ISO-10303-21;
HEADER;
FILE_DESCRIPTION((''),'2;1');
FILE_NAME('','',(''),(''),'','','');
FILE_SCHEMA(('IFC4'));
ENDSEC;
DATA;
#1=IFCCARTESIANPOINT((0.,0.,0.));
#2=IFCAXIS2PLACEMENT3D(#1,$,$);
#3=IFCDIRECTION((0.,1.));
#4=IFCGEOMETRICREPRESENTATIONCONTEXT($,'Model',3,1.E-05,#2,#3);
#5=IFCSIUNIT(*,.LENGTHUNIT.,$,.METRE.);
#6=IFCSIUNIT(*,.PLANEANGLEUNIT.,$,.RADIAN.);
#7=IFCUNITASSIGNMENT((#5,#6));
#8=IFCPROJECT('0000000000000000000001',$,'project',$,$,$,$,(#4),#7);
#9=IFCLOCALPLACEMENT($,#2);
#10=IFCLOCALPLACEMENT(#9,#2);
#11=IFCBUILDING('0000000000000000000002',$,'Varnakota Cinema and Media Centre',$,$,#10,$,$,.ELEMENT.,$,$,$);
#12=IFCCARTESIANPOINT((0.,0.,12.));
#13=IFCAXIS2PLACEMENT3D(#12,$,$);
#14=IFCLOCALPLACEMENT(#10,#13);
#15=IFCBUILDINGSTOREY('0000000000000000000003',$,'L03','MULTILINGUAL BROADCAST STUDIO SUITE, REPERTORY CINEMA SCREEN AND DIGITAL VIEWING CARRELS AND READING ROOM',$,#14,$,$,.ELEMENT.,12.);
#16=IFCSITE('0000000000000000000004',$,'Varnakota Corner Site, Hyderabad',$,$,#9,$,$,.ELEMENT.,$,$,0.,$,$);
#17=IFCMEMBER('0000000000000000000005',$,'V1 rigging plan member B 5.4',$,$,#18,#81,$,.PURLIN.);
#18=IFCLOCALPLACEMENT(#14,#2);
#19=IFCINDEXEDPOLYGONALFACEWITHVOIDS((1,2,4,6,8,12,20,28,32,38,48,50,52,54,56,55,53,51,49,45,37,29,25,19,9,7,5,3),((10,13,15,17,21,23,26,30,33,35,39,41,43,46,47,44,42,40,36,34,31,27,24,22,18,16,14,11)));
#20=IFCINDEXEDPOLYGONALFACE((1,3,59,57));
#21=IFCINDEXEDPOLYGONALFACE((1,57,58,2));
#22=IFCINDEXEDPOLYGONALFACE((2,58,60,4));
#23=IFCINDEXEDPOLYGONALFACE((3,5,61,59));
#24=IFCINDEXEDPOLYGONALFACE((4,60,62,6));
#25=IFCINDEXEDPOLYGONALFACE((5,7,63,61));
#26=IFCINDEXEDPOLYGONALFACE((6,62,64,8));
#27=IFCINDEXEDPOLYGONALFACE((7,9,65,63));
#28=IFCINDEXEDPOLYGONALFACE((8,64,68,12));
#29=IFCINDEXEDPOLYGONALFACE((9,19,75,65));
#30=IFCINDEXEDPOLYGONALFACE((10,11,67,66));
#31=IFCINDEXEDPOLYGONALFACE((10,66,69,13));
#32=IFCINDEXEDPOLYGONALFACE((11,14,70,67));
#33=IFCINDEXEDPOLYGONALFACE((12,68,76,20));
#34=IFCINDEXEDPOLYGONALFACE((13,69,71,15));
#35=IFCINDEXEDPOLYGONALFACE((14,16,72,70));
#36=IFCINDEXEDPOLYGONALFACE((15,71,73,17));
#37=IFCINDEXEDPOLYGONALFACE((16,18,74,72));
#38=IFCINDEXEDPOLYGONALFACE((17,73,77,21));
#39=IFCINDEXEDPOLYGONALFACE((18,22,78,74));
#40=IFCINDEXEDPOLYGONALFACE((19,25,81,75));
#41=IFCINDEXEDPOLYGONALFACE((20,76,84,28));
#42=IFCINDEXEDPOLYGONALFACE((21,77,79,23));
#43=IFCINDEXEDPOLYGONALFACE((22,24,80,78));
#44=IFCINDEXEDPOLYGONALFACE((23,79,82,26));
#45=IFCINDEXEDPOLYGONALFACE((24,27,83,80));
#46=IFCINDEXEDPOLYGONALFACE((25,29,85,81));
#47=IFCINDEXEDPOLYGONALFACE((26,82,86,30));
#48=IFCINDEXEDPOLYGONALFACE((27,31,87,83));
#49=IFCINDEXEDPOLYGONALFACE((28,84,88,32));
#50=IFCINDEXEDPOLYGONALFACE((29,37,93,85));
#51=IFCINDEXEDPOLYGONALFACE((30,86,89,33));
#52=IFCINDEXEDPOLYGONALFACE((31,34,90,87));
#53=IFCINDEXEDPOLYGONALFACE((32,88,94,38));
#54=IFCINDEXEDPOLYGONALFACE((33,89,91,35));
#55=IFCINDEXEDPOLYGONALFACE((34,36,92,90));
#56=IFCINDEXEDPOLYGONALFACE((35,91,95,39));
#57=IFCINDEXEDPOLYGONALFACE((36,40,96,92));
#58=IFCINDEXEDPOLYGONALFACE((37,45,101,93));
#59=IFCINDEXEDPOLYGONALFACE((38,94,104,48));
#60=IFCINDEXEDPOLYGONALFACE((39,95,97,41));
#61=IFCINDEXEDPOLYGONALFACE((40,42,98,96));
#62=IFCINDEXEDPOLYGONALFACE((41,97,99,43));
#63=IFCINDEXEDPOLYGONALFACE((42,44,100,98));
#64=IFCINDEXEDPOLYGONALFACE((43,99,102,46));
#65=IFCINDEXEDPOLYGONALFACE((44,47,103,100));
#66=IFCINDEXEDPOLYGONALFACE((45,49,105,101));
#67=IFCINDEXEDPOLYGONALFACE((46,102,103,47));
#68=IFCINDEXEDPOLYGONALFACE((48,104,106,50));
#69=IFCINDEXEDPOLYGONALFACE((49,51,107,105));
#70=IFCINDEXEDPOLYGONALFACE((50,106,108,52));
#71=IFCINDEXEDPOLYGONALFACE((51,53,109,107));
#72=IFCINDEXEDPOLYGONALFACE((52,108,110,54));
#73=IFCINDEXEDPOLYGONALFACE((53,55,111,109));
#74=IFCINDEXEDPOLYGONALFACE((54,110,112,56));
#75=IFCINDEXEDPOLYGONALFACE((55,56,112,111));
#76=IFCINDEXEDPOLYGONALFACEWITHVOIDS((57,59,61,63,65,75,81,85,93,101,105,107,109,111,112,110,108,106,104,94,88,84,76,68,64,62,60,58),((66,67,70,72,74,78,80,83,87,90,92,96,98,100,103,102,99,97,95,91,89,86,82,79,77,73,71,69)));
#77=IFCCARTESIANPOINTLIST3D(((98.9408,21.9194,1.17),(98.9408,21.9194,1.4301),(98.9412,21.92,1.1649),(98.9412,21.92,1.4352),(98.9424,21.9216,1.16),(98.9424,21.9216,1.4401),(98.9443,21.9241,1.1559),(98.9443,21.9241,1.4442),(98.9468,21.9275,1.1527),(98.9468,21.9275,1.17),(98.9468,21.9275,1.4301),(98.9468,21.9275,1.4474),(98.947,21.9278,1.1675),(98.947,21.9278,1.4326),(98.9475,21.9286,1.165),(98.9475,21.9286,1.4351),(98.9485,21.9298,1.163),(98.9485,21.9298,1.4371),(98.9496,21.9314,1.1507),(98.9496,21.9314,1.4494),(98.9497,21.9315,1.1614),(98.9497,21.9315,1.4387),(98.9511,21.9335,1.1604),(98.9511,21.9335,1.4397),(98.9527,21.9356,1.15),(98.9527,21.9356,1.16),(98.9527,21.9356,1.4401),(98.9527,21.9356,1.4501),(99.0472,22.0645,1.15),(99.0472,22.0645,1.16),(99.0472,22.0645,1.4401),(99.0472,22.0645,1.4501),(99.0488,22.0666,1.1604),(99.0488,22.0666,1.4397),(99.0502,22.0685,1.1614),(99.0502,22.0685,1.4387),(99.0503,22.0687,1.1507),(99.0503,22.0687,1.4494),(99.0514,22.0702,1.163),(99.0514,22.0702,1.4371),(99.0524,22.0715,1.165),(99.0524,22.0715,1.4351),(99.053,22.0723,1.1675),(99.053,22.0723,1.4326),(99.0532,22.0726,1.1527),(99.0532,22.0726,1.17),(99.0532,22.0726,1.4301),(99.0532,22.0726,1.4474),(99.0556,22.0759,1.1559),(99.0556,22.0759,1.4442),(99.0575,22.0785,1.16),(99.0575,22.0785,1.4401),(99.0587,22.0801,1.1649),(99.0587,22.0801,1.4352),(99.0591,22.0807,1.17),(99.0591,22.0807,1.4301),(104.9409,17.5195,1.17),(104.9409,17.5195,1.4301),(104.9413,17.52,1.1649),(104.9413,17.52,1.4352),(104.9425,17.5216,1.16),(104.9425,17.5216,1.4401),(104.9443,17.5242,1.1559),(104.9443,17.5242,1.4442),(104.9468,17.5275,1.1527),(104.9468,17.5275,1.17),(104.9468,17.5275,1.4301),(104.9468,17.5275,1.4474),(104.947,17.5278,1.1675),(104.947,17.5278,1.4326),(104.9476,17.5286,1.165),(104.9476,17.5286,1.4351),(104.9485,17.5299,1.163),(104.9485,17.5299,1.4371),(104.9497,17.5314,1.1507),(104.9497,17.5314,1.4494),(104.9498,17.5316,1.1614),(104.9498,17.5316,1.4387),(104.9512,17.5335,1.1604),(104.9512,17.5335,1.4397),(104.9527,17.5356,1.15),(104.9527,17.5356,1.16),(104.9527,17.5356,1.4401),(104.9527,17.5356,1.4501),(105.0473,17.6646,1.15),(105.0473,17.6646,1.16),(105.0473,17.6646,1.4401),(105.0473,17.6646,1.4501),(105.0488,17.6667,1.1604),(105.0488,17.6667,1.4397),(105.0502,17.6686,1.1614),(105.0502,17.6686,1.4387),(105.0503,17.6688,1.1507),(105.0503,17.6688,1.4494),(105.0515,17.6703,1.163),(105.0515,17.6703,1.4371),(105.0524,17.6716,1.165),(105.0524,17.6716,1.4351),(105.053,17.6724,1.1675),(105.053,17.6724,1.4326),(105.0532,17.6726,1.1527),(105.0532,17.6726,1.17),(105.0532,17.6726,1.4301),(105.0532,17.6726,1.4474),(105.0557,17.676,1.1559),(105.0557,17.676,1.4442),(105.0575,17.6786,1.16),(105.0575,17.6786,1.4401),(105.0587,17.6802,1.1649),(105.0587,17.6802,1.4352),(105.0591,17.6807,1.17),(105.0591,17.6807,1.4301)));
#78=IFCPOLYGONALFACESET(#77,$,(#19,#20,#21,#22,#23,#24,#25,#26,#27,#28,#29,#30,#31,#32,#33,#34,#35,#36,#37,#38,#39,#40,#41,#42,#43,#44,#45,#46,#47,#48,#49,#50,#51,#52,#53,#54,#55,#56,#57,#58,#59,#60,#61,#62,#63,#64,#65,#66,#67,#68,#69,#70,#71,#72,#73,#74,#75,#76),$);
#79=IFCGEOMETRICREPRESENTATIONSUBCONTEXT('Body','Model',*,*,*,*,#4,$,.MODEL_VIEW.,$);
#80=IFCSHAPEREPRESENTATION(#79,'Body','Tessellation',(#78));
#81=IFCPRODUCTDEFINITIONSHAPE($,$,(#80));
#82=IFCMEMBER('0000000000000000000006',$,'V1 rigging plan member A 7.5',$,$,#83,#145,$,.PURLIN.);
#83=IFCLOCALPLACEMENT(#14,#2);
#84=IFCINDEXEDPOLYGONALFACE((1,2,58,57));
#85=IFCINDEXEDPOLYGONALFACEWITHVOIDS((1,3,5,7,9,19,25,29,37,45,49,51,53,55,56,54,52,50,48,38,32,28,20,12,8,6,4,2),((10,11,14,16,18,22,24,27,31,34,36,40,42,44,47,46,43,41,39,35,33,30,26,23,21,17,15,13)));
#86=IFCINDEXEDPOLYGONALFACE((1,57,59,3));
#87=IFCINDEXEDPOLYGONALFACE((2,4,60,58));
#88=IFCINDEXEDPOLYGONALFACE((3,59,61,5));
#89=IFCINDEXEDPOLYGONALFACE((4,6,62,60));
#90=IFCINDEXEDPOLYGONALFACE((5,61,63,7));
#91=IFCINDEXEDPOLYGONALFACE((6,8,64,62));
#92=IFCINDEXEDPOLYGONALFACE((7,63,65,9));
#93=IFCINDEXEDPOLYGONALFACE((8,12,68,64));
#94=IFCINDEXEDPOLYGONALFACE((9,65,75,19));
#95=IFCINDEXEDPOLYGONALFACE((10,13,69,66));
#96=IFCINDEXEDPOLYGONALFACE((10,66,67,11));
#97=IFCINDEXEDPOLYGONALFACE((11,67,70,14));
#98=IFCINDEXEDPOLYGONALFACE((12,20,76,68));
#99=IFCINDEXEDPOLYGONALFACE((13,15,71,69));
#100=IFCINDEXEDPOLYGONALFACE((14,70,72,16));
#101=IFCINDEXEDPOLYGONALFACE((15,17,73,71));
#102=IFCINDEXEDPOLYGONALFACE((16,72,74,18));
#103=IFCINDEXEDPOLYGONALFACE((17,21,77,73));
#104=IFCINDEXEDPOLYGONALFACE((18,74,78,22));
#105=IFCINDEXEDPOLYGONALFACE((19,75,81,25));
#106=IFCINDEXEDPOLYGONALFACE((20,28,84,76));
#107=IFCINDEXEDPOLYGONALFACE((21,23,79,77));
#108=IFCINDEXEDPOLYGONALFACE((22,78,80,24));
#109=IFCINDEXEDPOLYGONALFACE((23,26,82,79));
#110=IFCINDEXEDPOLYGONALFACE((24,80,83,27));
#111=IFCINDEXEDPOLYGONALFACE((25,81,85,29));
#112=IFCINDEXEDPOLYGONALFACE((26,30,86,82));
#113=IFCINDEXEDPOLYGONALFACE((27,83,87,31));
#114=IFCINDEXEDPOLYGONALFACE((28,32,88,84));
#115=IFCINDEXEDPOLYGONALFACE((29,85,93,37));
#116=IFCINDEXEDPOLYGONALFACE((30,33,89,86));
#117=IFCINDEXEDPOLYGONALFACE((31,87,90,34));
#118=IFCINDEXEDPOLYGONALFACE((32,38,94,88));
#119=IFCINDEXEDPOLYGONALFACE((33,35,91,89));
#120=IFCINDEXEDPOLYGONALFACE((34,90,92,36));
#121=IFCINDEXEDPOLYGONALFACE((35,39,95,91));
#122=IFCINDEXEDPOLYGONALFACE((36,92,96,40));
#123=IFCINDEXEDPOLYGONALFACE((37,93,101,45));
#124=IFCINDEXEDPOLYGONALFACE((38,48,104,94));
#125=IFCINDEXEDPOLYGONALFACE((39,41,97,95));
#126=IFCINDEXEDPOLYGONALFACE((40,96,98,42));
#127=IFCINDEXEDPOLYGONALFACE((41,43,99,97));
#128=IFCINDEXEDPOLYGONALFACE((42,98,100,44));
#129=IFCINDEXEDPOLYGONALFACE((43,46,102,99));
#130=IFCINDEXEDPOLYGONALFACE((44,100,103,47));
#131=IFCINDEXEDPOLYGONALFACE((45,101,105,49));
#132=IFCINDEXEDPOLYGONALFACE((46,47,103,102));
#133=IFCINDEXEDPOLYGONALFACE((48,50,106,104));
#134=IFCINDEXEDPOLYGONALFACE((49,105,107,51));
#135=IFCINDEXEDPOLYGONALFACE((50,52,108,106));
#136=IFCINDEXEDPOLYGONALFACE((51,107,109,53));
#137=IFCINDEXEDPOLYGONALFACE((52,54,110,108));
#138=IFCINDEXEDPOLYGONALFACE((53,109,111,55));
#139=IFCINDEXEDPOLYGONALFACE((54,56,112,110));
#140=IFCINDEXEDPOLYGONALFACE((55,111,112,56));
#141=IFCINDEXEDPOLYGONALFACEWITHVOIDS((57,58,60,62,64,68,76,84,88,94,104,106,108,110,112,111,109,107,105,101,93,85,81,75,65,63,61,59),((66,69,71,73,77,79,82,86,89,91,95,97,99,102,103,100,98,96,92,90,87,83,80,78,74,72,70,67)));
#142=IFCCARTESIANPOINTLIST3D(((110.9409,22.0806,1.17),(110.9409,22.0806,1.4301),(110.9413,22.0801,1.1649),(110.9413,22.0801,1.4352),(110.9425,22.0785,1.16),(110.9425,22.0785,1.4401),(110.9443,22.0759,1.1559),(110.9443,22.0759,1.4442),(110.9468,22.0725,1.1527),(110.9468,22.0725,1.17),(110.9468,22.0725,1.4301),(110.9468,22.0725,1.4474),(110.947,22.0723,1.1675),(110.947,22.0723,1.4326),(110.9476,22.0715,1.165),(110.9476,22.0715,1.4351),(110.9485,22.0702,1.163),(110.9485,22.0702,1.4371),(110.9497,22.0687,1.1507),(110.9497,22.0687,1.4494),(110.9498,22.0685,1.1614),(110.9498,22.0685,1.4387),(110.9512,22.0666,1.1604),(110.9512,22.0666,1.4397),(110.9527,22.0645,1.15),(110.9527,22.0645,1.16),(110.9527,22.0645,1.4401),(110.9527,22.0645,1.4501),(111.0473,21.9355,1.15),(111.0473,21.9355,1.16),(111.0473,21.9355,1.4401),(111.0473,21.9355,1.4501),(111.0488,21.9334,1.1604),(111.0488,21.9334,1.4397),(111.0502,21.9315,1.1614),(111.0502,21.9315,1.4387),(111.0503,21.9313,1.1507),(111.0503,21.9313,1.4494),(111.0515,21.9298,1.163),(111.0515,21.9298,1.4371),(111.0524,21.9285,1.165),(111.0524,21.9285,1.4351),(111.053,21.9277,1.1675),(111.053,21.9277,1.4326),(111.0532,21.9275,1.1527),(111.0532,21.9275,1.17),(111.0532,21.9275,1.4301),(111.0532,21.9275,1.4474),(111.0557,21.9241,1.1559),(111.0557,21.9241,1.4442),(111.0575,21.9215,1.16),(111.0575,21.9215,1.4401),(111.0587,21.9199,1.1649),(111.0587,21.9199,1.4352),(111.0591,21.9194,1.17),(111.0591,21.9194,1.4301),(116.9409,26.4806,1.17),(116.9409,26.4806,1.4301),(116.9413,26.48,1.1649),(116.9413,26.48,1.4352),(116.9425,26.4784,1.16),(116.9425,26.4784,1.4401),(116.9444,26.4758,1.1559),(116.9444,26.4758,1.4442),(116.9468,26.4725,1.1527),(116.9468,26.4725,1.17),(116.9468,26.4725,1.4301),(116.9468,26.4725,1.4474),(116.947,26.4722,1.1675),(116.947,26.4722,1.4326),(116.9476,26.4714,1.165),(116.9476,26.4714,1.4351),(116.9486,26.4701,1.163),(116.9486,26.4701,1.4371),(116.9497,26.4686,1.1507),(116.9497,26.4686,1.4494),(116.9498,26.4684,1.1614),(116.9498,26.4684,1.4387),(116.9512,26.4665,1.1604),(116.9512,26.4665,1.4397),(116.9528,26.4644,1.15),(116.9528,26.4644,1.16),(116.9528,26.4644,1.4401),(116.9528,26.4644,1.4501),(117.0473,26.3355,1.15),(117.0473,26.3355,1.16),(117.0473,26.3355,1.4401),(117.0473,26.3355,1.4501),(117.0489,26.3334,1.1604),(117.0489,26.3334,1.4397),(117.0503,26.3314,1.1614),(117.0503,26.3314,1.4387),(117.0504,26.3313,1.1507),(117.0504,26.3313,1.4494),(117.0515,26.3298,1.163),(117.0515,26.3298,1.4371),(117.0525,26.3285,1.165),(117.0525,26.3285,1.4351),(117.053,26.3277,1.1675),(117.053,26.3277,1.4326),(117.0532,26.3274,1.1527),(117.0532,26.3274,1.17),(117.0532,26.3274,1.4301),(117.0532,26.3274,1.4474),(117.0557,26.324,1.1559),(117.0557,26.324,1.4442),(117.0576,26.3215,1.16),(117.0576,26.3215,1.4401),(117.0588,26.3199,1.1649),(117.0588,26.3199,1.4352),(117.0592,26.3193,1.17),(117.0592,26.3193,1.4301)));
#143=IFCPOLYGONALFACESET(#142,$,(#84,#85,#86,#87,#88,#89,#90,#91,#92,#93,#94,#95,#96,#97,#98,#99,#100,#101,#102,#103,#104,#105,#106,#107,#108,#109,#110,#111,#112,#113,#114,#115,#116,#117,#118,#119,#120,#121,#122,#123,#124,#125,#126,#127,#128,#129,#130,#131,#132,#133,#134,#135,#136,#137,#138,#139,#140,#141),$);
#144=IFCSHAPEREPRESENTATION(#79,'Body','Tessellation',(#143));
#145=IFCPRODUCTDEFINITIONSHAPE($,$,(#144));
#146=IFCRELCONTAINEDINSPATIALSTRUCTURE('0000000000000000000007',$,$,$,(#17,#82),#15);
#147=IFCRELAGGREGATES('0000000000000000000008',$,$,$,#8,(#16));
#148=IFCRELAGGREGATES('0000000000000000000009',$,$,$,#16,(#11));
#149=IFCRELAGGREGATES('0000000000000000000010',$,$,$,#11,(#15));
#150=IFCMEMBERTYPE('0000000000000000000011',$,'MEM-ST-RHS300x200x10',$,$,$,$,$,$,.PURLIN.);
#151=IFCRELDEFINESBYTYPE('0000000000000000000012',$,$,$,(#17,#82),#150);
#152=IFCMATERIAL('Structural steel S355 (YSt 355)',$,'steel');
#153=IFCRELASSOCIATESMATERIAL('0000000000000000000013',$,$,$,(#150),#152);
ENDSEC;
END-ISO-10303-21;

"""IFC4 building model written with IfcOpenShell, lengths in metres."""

from ifc_helpers import new_model, si_unit, direction, frame, origin, origin_2d, place, context, subcontext, project, spatial, hollow_rectangle, extrude, material, material_profile, profile_set, type_object, element, save


model = new_model("IFC4")

# Units and contexts
model_context = context("Model", 3, precision=1e-05, world=origin(), true_north=direction((0.0, 1.0)))
body_context = subcontext(model_context, "Body", "Model", "MODEL_VIEW")
ifc_project = project(units=[si_unit("LENGTHUNIT", "METRE"), si_unit("PLANEANGLEUNIT", "RADIAN")], contexts=[model_context])

# Site, building, storey
site_placement = place(None, origin())
site = spatial("IfcSite", under=ifc_project, at=site_placement, Name="Varnakota Corner Site, Hyderabad", CompositionType="ELEMENT", RefElevation=0.0)
building_placement = place(site_placement, origin())
building = spatial("IfcBuilding", under=site, at=building_placement, Name="Varnakota Cinema and Media Centre", CompositionType="ELEMENT")
storey_placement = place(building_placement, frame((0.0, 0.0, 12.0)))
storey = spatial("IfcBuildingStorey", under=building, at=storey_placement, Name="L03", Description="MULTILINGUAL BROADCAST STUDIO SUITE, REPERTORY CINEMA SCREEN AND DIGITAL VIEWING CARRELS AND READING ROOM", CompositionType="ELEMENT", Elevation=12.0)

# Members
ifc_material_1 = material(Name="Structural steel S355 (YSt 355)", Category="steel")
ifc_material_profile_1 = material_profile(ifc_material_1, hollow_rectangle(XDim=0.2, YDim=0.3, WallThickness=0.01, InnerFilletRadius=0.01, OuterFilletRadius=0.02, at=origin_2d()), Name="RHS 300x200x10")
ifc_profile_set_1 = profile_set([ifc_material_profile_1], Name="Structural steel S355 (YSt 355)")
member_type_1 = type_object("IfcMemberType", Name="MEM-ST-RHS300x200x10", PredefinedType="PURLIN", material=ifc_profile_set_1)
for number, where, z_axis, x_axis, name in (
    (1, (105.0, 17.6001, 1.3), (-0.806411, 0.591355, 0.0), (-0.591355, -0.806411, 0.0), "V1 rigging plan member B 5.4"),
    (2, (111.0, 22.0, 1.3), (0.806411, 0.591355, 0.0), (-0.591355, 0.806411, 0.0), "V1 rigging plan member A 7.5"),
):
    element("IfcMember", number, at=place(storey_placement, frame(where, z_axis=z_axis, x_axis=x_axis)), inside=storey, type_object=member_type_1, Name=name, PredefinedType="PURLIN", context=body_context, shape_type="SweptSolid", body=[
        extrude(hollow_rectangle(XDim=0.2, YDim=0.3, WallThickness=0.01, InnerFilletRadius=0.01, OuterFilletRadius=0.02, at=origin_2d()), origin(), (0.0, 0.0, 1.0), 7.4404),
    ])

save(model, "model.ifc")
